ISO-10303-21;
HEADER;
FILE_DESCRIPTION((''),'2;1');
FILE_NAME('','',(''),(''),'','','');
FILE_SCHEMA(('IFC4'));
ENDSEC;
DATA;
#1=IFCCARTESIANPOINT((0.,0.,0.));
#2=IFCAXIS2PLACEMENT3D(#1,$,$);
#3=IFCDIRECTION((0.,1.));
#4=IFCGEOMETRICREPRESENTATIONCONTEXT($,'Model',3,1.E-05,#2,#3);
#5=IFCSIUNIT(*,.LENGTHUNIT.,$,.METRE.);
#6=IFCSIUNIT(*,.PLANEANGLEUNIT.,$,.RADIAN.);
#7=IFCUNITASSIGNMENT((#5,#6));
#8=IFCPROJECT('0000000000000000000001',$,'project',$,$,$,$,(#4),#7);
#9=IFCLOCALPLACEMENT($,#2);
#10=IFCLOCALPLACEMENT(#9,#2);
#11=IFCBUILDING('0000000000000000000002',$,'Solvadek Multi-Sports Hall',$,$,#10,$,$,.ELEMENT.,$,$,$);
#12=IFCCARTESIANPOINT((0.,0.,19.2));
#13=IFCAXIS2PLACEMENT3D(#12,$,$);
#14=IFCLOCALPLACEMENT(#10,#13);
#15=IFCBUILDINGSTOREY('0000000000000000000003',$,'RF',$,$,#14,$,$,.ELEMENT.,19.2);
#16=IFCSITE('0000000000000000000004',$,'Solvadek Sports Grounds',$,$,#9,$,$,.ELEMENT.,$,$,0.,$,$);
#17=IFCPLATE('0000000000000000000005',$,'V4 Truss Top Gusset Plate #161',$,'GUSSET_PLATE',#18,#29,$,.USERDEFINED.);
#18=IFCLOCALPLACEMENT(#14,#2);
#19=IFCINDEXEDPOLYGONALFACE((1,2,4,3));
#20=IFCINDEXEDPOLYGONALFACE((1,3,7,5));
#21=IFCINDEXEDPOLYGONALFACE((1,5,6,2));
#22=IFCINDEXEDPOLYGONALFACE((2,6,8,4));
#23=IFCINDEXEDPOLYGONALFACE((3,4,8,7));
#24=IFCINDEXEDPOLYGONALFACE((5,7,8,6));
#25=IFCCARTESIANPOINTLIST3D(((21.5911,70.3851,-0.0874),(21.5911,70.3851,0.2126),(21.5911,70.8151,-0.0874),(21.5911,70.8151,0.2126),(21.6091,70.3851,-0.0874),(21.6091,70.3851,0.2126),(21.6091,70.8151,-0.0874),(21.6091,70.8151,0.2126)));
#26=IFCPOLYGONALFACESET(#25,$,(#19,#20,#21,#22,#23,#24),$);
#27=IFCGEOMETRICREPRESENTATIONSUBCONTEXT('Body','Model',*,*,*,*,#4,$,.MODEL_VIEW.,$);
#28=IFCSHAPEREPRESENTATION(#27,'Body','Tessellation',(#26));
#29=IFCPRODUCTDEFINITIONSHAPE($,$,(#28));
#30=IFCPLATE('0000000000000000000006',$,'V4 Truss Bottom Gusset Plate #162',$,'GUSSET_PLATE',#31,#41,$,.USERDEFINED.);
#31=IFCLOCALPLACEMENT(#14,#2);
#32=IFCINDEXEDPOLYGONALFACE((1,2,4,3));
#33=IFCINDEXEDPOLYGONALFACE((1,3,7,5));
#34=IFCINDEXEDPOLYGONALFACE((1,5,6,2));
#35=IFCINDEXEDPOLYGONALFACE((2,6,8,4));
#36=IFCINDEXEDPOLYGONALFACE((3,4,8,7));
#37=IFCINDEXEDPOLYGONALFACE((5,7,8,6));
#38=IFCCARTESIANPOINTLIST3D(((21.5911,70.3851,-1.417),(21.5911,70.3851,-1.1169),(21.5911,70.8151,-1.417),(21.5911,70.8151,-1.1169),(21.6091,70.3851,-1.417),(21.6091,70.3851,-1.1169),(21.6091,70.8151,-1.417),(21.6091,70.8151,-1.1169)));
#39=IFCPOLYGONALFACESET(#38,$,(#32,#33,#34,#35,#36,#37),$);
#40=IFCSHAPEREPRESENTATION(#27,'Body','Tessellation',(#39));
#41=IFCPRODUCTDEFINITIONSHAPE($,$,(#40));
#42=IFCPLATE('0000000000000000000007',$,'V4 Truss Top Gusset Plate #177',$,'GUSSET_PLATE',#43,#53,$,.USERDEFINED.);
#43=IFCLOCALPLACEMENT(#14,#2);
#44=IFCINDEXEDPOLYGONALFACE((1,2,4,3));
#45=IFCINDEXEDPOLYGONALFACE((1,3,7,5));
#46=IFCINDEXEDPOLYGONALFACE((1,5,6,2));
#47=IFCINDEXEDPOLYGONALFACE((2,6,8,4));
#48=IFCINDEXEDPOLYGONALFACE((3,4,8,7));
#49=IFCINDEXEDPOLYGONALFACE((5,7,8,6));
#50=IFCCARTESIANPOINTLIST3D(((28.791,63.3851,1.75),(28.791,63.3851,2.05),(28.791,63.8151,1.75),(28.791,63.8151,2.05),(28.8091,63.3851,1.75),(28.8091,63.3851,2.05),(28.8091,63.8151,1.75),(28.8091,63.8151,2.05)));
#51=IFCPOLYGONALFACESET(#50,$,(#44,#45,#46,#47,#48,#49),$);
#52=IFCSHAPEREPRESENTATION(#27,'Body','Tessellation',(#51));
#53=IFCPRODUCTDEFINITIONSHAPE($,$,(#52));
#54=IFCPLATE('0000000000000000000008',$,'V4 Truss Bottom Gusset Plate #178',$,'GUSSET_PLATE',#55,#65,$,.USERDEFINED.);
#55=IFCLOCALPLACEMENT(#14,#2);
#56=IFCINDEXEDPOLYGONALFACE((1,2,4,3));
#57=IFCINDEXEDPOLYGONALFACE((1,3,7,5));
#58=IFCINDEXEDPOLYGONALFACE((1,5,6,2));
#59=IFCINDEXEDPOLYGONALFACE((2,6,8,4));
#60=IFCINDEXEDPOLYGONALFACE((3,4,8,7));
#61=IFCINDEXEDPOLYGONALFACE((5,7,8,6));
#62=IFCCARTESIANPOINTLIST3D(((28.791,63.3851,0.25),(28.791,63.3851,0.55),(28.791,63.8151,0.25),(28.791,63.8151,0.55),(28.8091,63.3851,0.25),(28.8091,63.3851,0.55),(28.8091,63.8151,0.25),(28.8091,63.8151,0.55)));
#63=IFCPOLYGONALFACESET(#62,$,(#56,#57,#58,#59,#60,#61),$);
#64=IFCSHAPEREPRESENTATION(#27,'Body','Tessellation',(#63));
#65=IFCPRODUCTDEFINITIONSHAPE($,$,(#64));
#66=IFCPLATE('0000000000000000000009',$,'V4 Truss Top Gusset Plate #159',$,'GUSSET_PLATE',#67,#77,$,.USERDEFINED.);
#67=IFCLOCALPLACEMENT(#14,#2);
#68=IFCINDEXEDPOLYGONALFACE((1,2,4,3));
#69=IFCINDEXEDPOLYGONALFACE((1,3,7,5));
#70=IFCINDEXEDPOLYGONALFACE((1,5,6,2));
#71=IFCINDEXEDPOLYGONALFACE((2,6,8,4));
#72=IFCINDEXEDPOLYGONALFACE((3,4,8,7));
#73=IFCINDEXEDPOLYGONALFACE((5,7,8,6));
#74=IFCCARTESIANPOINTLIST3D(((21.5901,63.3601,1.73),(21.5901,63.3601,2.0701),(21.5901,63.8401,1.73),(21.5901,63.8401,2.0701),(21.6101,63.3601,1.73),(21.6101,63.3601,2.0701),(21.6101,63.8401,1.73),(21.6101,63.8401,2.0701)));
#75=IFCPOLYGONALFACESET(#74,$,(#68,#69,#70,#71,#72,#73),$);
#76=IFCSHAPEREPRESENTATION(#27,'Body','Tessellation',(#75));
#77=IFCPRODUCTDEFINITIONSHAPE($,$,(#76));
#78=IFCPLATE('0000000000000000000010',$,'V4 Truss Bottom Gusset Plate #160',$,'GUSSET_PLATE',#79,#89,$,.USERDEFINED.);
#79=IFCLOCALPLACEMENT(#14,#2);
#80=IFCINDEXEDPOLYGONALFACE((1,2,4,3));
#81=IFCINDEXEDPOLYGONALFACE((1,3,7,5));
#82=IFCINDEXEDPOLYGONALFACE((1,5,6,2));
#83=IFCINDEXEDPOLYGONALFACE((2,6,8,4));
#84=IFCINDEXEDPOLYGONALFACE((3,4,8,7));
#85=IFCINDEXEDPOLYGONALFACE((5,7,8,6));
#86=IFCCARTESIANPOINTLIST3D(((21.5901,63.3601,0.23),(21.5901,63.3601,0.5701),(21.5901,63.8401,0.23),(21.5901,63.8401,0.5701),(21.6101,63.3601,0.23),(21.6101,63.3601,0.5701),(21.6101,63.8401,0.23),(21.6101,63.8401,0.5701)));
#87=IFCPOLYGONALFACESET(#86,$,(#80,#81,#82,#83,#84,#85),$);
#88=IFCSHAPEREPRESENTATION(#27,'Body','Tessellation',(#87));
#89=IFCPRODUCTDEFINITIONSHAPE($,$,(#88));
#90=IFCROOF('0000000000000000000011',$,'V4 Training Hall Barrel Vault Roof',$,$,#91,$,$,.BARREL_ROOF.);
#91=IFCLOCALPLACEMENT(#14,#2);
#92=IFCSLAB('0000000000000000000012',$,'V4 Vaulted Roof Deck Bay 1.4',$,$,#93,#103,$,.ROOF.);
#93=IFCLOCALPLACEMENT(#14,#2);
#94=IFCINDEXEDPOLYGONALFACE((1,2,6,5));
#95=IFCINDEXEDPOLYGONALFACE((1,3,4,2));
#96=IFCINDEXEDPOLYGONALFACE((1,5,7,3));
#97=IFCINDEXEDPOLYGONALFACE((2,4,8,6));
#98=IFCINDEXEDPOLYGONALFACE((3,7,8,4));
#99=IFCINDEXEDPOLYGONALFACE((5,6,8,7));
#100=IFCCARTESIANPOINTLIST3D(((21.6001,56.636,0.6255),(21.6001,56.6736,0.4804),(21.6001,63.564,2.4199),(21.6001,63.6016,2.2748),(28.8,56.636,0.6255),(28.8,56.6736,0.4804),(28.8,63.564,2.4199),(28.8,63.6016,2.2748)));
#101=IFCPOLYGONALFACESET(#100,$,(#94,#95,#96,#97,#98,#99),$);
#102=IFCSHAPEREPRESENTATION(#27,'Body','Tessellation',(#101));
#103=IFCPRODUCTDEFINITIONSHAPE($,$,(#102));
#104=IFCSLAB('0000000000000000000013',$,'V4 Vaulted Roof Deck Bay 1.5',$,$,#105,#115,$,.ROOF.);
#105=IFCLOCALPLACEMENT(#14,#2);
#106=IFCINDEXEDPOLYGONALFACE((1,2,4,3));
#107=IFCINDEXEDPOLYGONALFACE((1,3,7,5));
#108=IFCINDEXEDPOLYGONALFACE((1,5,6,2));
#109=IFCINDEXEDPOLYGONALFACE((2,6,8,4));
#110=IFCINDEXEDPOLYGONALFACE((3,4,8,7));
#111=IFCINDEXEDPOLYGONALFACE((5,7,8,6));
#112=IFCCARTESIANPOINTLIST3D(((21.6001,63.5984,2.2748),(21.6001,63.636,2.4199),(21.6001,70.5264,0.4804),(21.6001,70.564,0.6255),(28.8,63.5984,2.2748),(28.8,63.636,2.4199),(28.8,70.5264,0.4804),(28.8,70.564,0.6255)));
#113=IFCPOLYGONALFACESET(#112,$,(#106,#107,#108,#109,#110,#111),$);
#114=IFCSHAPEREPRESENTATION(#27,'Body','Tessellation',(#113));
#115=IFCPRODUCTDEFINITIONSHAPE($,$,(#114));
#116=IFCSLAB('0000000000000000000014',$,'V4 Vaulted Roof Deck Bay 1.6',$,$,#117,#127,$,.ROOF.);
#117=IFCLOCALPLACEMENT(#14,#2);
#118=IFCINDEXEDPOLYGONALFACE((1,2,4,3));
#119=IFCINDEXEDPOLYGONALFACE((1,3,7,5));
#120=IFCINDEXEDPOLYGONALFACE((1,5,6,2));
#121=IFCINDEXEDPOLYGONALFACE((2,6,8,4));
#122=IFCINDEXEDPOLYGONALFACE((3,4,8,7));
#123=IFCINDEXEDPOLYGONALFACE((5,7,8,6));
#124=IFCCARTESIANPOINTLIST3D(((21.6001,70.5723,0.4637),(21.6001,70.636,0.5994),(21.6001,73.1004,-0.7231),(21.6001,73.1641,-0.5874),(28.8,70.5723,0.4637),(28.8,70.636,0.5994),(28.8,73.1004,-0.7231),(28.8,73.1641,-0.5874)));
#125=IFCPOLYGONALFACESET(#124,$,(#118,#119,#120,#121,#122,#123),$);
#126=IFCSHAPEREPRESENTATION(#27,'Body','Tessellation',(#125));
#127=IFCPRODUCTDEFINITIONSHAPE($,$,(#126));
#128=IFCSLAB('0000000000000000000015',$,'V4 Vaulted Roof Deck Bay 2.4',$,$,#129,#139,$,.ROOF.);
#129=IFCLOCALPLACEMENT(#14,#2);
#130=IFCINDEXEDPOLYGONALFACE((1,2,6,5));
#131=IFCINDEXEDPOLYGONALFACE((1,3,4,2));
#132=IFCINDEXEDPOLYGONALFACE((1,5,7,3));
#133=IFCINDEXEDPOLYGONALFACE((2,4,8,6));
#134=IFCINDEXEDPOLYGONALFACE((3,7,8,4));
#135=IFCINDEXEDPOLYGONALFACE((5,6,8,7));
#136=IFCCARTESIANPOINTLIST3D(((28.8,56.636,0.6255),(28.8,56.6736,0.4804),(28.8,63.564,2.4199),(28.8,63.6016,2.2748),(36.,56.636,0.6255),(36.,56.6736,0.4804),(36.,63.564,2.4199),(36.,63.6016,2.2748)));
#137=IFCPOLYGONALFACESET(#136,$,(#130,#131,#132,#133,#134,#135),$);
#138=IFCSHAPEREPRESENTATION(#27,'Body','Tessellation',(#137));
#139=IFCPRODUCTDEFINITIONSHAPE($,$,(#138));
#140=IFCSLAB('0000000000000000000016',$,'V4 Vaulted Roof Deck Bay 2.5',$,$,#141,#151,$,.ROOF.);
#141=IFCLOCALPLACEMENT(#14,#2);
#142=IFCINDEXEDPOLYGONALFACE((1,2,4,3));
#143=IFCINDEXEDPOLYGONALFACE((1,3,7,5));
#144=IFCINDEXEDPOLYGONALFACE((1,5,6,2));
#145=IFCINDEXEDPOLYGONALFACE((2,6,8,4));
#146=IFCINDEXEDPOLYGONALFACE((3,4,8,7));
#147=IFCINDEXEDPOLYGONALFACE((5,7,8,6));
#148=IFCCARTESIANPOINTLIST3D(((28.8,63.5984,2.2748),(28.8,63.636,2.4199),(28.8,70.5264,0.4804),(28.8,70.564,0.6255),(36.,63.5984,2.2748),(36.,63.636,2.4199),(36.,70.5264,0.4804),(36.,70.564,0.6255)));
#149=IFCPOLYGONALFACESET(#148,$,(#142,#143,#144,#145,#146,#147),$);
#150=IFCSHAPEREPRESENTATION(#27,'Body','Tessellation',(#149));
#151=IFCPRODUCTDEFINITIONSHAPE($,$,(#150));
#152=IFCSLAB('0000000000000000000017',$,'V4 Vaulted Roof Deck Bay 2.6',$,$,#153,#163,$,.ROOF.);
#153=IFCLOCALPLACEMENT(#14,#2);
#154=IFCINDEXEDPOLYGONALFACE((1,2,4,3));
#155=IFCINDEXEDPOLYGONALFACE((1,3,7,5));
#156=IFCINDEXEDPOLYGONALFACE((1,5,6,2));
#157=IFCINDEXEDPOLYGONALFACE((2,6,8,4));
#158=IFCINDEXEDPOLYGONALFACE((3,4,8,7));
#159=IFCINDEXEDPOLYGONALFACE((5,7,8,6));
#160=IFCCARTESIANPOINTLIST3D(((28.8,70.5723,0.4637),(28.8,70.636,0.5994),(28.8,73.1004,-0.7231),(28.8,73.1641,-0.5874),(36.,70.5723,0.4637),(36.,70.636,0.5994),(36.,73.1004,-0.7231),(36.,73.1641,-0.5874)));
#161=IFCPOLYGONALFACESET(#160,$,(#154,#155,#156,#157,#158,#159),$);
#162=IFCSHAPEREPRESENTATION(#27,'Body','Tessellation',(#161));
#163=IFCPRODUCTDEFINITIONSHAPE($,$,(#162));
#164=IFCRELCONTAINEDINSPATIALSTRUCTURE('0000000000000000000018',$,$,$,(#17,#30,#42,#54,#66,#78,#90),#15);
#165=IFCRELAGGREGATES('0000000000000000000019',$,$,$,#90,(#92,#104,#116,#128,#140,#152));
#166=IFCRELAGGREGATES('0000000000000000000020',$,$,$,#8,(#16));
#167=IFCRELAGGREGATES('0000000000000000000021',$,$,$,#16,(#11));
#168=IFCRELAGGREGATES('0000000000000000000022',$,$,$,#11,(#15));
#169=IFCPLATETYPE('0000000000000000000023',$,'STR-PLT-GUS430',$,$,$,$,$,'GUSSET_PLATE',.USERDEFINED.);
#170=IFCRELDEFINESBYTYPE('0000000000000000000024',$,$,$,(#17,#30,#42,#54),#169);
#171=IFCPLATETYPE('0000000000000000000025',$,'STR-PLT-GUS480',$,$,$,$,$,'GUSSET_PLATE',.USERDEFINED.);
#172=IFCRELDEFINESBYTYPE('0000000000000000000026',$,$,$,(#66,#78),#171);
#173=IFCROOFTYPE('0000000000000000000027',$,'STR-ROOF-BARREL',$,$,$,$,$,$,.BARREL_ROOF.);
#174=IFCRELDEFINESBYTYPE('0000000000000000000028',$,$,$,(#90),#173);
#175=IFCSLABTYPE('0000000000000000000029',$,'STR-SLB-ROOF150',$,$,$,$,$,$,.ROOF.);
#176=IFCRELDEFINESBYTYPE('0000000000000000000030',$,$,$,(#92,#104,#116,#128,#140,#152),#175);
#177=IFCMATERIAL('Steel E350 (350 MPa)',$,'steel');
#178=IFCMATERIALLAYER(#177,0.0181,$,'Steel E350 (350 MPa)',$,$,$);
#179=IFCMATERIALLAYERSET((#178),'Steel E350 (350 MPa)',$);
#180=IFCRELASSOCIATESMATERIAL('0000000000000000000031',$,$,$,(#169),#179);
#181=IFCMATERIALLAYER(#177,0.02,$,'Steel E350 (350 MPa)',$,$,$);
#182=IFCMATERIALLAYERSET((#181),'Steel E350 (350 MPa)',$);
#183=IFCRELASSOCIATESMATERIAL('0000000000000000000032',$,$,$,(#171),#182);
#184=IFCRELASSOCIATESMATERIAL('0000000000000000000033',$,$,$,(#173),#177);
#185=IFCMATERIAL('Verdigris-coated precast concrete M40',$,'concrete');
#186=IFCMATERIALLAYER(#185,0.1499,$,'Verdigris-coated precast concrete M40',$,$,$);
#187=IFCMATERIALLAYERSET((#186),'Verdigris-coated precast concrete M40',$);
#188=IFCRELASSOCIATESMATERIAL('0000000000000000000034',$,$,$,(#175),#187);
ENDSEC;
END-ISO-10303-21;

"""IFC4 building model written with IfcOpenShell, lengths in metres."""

from ifc_helpers import new_model, si_unit, direction, frame, origin, origin_2d, place, context, subcontext, project, spatial, polyline, rectangle, outline, extrude, material, layer, layer_set, type_object, element, aggregate, save


model = new_model("IFC4")

# Units and contexts
model_context = context("Model", 3, precision=1e-05, world=origin(), true_north=direction((0.0, 1.0)))
body_context = subcontext(model_context, "Body", "Model", "MODEL_VIEW")
ifc_project = project(units=[si_unit("LENGTHUNIT", "METRE"), si_unit("PLANEANGLEUNIT", "RADIAN")], contexts=[model_context])

# Site, building, storey
site_placement = place(None, origin())
site = spatial("IfcSite", under=ifc_project, at=site_placement, Name="Solvadek Sports Grounds", CompositionType="ELEMENT", RefElevation=0.0)
building_placement = place(site_placement, origin())
building = spatial("IfcBuilding", under=site, at=building_placement, Name="Solvadek Multi-Sports Hall", CompositionType="ELEMENT")
storey_placement = place(building_placement, frame((0.0, 0.0, 19.2)))
storey = spatial("IfcBuildingStorey", under=building, at=storey_placement, Name="RF", CompositionType="ELEMENT", Elevation=19.2)

# Shared definitions
ifc_material_1 = material(Name="Steel E350 (350 MPa)", Category="steel")

# Plates
ifc_layer_1 = layer(ifc_material_1, 0.0181, Name="Steel E350 (350 MPa)")
ifc_layer_set_1 = layer_set([ifc_layer_1], Name="Steel E350 (350 MPa)")
plate_type_1 = type_object("IfcPlateType", Name="STR-PLT-GUS430", ElementType="GUSSET_PLATE", PredefinedType="USERDEFINED", material=ifc_layer_set_1)
for number, where, z_axis, x_axis, name in (
    (1, (21.6001, 70.6001, -0.0874), (0.0, 0.0, 1.0), (0.0, 1.0, 0.0), "V4 Truss Top Gusset Plate #161"),
    (2, (21.6001, 70.6001, -1.417), (0.0, 0.0, 1.0), (0.0, 1.0, 0.0), "V4 Truss Bottom Gusset Plate #162"),
    (3, (28.8, 63.6001, 1.75), (0.0, 0.0, 1.0), (0.0, 1.0, 0.0), "V4 Truss Top Gusset Plate #177"),
    (4, (28.8, 63.6001, 0.25), (0.0, 0.0, 1.0), (0.0, 1.0, 0.0), "V4 Truss Bottom Gusset Plate #178"),
):
    element("IfcPlate", number, at=place(storey_placement, frame(where, z_axis=z_axis, x_axis=x_axis)), inside=storey, type_object=plate_type_1, Name=name, ObjectType="GUSSET_PLATE", PredefinedType="USERDEFINED", context=body_context, shape_type="SweptSolid", body=[
        extrude(rectangle(XDim=0.4299, YDim=0.0181, at=origin_2d()), origin(), (0.0, 0.0, 1.0), 0.3),
    ])
ifc_layer_2 = layer(ifc_material_1, 0.02, Name="Steel E350 (350 MPa)")
ifc_layer_set_2 = layer_set([ifc_layer_2], Name="Steel E350 (350 MPa)")
plate_type_2 = type_object("IfcPlateType", Name="STR-PLT-GUS480", ElementType="GUSSET_PLATE", PredefinedType="USERDEFINED", material=ifc_layer_set_2)
for number, where, z_axis, x_axis, name in (
    (5, (21.6001, 63.6001, 1.73), (0.0, 0.0, 1.0), (0.0, 1.0, 0.0), "V4 Truss Top Gusset Plate #159"),
    (6, (21.6001, 63.6001, 0.23), (0.0, 0.0, 1.0), (0.0, 1.0, 0.0), "V4 Truss Bottom Gusset Plate #160"),
):
    element("IfcPlate", number, at=place(storey_placement, frame(where, z_axis=z_axis, x_axis=x_axis)), inside=storey, type_object=plate_type_2, Name=name, ObjectType="GUSSET_PLATE", PredefinedType="USERDEFINED", context=body_context, shape_type="SweptSolid", body=[
        extrude(rectangle(XDim=0.48, YDim=0.02, at=origin_2d()), origin(), (0.0, 0.0, 1.0), 0.3401),
    ])

# Roof, slabs
roof_type = type_object("IfcRoofType", Name="STR-ROOF-BARREL", PredefinedType="BARREL_ROOF", material=ifc_material_1)
roof_placement = place(storey_placement, origin())
roof = element("IfcRoof", 7, at=roof_placement, inside=storey, type_object=roof_type, Name="V4 Training Hall Barrel Vault Roof", PredefinedType="BARREL_ROOF")
ifc_material_2 = material(Name="Verdigris-coated precast concrete M40", Category="concrete")
ifc_layer_3 = layer(ifc_material_2, 0.1499, Name="Verdigris-coated precast concrete M40")
ifc_layer_set_3 = layer_set([ifc_layer_3], Name="Verdigris-coated precast concrete M40")
slab_type = type_object("IfcSlabType", Name="STR-SLB-ROOF150", PredefinedType="ROOF", material=ifc_layer_set_3)
slab_1_placement = place(storey_placement, frame((21.6001, 56.636, 0.6255), z_axis=(0.0, -0.250738, 0.968055), x_axis=(1.0, 0.0, 0.0)))
slab_1 = element("IfcSlab", 8, at=slab_1_placement, type_object=slab_type, Name="V4 Vaulted Roof Deck Bay 1.4", PredefinedType="ROOF", context=body_context, shape_type="SweptSolid", body=[
    extrude(outline(polyline([(0.0, 0.0), (7.2, 0.0), (7.2, 7.1566), (0.0, 7.1566), (0.0, 0.0)])), origin(), (0.0, 0.0, -1.0), 0.1499),
])
slab_2_placement = place(storey_placement, frame((21.6001, 63.636, 2.4199), z_axis=(0.0, 0.250738, 0.968055), x_axis=(1.0, 0.0, 0.0)))
slab_2 = element("IfcSlab", 9, at=slab_2_placement, type_object=slab_type, Name="V4 Vaulted Roof Deck Bay 1.5", PredefinedType="ROOF", context=body_context, shape_type="SweptSolid", body=[
    extrude(outline(polyline([(0.0, 0.0), (7.2, 0.0), (7.2, 7.1566), (0.0, 7.1566), (0.0, 0.0)])), origin(), (0.0, 0.0, -1.0), 0.1499),
])
slab_3_placement = place(storey_placement, frame((21.6001, 70.636, 0.5994), z_axis=(0.0, 0.424942, 0.90522), x_axis=(1.0, 0.0, 0.0)))
slab_3 = element("IfcSlab", 10, at=slab_3_placement, type_object=slab_type, Name="V4 Vaulted Roof Deck Bay 1.6", PredefinedType="ROOF", context=body_context, shape_type="SweptSolid", body=[
    extrude(outline(polyline([(0.0, 0.0), (7.2, 0.0), (7.2, 2.7928), (0.0, 2.7928), (0.0, 0.0)])), origin(), (0.0, 0.0, -1.0), 0.1499),
])
slab_4_placement = place(storey_placement, frame((28.8, 56.636, 0.6255), z_axis=(0.0, -0.250738, 0.968055), x_axis=(1.0, 0.0, 0.0)))
slab_4 = element("IfcSlab", 11, at=slab_4_placement, type_object=slab_type, Name="V4 Vaulted Roof Deck Bay 2.4", PredefinedType="ROOF", context=body_context, shape_type="SweptSolid", body=[
    extrude(outline(polyline([(0.0, 0.0), (7.2, 0.0), (7.2, 7.1566), (0.0, 7.1566), (0.0, 0.0)])), origin(), (0.0, 0.0, -1.0), 0.1499),
])
slab_5_placement = place(storey_placement, frame((28.8, 63.636, 2.4199), z_axis=(0.0, 0.250738, 0.968055), x_axis=(1.0, 0.0, 0.0)))
slab_5 = element("IfcSlab", 12, at=slab_5_placement, type_object=slab_type, Name="V4 Vaulted Roof Deck Bay 2.5", PredefinedType="ROOF", context=body_context, shape_type="SweptSolid", body=[
    extrude(outline(polyline([(0.0, 0.0), (7.2, 0.0), (7.2, 7.1566), (0.0, 7.1566), (0.0, 0.0)])), origin(), (0.0, 0.0, -1.0), 0.1499),
])
slab_6_placement = place(storey_placement, frame((28.8, 70.636, 0.5994), z_axis=(0.0, 0.424942, 0.90522), x_axis=(1.0, 0.0, 0.0)))
slab_6 = element("IfcSlab", 13, at=slab_6_placement, type_object=slab_type, Name="V4 Vaulted Roof Deck Bay 2.6", PredefinedType="ROOF", context=body_context, shape_type="SweptSolid", body=[
    extrude(outline(polyline([(0.0, 0.0), (7.2, 0.0), (7.2, 2.7928), (0.0, 2.7928), (0.0, 0.0)])), origin(), (0.0, 0.0, -1.0), 0.1499),
])
aggregate(roof, [slab_1, slab_2, slab_3, slab_4, slab_5, slab_6])

save(model, "model.ifc")
